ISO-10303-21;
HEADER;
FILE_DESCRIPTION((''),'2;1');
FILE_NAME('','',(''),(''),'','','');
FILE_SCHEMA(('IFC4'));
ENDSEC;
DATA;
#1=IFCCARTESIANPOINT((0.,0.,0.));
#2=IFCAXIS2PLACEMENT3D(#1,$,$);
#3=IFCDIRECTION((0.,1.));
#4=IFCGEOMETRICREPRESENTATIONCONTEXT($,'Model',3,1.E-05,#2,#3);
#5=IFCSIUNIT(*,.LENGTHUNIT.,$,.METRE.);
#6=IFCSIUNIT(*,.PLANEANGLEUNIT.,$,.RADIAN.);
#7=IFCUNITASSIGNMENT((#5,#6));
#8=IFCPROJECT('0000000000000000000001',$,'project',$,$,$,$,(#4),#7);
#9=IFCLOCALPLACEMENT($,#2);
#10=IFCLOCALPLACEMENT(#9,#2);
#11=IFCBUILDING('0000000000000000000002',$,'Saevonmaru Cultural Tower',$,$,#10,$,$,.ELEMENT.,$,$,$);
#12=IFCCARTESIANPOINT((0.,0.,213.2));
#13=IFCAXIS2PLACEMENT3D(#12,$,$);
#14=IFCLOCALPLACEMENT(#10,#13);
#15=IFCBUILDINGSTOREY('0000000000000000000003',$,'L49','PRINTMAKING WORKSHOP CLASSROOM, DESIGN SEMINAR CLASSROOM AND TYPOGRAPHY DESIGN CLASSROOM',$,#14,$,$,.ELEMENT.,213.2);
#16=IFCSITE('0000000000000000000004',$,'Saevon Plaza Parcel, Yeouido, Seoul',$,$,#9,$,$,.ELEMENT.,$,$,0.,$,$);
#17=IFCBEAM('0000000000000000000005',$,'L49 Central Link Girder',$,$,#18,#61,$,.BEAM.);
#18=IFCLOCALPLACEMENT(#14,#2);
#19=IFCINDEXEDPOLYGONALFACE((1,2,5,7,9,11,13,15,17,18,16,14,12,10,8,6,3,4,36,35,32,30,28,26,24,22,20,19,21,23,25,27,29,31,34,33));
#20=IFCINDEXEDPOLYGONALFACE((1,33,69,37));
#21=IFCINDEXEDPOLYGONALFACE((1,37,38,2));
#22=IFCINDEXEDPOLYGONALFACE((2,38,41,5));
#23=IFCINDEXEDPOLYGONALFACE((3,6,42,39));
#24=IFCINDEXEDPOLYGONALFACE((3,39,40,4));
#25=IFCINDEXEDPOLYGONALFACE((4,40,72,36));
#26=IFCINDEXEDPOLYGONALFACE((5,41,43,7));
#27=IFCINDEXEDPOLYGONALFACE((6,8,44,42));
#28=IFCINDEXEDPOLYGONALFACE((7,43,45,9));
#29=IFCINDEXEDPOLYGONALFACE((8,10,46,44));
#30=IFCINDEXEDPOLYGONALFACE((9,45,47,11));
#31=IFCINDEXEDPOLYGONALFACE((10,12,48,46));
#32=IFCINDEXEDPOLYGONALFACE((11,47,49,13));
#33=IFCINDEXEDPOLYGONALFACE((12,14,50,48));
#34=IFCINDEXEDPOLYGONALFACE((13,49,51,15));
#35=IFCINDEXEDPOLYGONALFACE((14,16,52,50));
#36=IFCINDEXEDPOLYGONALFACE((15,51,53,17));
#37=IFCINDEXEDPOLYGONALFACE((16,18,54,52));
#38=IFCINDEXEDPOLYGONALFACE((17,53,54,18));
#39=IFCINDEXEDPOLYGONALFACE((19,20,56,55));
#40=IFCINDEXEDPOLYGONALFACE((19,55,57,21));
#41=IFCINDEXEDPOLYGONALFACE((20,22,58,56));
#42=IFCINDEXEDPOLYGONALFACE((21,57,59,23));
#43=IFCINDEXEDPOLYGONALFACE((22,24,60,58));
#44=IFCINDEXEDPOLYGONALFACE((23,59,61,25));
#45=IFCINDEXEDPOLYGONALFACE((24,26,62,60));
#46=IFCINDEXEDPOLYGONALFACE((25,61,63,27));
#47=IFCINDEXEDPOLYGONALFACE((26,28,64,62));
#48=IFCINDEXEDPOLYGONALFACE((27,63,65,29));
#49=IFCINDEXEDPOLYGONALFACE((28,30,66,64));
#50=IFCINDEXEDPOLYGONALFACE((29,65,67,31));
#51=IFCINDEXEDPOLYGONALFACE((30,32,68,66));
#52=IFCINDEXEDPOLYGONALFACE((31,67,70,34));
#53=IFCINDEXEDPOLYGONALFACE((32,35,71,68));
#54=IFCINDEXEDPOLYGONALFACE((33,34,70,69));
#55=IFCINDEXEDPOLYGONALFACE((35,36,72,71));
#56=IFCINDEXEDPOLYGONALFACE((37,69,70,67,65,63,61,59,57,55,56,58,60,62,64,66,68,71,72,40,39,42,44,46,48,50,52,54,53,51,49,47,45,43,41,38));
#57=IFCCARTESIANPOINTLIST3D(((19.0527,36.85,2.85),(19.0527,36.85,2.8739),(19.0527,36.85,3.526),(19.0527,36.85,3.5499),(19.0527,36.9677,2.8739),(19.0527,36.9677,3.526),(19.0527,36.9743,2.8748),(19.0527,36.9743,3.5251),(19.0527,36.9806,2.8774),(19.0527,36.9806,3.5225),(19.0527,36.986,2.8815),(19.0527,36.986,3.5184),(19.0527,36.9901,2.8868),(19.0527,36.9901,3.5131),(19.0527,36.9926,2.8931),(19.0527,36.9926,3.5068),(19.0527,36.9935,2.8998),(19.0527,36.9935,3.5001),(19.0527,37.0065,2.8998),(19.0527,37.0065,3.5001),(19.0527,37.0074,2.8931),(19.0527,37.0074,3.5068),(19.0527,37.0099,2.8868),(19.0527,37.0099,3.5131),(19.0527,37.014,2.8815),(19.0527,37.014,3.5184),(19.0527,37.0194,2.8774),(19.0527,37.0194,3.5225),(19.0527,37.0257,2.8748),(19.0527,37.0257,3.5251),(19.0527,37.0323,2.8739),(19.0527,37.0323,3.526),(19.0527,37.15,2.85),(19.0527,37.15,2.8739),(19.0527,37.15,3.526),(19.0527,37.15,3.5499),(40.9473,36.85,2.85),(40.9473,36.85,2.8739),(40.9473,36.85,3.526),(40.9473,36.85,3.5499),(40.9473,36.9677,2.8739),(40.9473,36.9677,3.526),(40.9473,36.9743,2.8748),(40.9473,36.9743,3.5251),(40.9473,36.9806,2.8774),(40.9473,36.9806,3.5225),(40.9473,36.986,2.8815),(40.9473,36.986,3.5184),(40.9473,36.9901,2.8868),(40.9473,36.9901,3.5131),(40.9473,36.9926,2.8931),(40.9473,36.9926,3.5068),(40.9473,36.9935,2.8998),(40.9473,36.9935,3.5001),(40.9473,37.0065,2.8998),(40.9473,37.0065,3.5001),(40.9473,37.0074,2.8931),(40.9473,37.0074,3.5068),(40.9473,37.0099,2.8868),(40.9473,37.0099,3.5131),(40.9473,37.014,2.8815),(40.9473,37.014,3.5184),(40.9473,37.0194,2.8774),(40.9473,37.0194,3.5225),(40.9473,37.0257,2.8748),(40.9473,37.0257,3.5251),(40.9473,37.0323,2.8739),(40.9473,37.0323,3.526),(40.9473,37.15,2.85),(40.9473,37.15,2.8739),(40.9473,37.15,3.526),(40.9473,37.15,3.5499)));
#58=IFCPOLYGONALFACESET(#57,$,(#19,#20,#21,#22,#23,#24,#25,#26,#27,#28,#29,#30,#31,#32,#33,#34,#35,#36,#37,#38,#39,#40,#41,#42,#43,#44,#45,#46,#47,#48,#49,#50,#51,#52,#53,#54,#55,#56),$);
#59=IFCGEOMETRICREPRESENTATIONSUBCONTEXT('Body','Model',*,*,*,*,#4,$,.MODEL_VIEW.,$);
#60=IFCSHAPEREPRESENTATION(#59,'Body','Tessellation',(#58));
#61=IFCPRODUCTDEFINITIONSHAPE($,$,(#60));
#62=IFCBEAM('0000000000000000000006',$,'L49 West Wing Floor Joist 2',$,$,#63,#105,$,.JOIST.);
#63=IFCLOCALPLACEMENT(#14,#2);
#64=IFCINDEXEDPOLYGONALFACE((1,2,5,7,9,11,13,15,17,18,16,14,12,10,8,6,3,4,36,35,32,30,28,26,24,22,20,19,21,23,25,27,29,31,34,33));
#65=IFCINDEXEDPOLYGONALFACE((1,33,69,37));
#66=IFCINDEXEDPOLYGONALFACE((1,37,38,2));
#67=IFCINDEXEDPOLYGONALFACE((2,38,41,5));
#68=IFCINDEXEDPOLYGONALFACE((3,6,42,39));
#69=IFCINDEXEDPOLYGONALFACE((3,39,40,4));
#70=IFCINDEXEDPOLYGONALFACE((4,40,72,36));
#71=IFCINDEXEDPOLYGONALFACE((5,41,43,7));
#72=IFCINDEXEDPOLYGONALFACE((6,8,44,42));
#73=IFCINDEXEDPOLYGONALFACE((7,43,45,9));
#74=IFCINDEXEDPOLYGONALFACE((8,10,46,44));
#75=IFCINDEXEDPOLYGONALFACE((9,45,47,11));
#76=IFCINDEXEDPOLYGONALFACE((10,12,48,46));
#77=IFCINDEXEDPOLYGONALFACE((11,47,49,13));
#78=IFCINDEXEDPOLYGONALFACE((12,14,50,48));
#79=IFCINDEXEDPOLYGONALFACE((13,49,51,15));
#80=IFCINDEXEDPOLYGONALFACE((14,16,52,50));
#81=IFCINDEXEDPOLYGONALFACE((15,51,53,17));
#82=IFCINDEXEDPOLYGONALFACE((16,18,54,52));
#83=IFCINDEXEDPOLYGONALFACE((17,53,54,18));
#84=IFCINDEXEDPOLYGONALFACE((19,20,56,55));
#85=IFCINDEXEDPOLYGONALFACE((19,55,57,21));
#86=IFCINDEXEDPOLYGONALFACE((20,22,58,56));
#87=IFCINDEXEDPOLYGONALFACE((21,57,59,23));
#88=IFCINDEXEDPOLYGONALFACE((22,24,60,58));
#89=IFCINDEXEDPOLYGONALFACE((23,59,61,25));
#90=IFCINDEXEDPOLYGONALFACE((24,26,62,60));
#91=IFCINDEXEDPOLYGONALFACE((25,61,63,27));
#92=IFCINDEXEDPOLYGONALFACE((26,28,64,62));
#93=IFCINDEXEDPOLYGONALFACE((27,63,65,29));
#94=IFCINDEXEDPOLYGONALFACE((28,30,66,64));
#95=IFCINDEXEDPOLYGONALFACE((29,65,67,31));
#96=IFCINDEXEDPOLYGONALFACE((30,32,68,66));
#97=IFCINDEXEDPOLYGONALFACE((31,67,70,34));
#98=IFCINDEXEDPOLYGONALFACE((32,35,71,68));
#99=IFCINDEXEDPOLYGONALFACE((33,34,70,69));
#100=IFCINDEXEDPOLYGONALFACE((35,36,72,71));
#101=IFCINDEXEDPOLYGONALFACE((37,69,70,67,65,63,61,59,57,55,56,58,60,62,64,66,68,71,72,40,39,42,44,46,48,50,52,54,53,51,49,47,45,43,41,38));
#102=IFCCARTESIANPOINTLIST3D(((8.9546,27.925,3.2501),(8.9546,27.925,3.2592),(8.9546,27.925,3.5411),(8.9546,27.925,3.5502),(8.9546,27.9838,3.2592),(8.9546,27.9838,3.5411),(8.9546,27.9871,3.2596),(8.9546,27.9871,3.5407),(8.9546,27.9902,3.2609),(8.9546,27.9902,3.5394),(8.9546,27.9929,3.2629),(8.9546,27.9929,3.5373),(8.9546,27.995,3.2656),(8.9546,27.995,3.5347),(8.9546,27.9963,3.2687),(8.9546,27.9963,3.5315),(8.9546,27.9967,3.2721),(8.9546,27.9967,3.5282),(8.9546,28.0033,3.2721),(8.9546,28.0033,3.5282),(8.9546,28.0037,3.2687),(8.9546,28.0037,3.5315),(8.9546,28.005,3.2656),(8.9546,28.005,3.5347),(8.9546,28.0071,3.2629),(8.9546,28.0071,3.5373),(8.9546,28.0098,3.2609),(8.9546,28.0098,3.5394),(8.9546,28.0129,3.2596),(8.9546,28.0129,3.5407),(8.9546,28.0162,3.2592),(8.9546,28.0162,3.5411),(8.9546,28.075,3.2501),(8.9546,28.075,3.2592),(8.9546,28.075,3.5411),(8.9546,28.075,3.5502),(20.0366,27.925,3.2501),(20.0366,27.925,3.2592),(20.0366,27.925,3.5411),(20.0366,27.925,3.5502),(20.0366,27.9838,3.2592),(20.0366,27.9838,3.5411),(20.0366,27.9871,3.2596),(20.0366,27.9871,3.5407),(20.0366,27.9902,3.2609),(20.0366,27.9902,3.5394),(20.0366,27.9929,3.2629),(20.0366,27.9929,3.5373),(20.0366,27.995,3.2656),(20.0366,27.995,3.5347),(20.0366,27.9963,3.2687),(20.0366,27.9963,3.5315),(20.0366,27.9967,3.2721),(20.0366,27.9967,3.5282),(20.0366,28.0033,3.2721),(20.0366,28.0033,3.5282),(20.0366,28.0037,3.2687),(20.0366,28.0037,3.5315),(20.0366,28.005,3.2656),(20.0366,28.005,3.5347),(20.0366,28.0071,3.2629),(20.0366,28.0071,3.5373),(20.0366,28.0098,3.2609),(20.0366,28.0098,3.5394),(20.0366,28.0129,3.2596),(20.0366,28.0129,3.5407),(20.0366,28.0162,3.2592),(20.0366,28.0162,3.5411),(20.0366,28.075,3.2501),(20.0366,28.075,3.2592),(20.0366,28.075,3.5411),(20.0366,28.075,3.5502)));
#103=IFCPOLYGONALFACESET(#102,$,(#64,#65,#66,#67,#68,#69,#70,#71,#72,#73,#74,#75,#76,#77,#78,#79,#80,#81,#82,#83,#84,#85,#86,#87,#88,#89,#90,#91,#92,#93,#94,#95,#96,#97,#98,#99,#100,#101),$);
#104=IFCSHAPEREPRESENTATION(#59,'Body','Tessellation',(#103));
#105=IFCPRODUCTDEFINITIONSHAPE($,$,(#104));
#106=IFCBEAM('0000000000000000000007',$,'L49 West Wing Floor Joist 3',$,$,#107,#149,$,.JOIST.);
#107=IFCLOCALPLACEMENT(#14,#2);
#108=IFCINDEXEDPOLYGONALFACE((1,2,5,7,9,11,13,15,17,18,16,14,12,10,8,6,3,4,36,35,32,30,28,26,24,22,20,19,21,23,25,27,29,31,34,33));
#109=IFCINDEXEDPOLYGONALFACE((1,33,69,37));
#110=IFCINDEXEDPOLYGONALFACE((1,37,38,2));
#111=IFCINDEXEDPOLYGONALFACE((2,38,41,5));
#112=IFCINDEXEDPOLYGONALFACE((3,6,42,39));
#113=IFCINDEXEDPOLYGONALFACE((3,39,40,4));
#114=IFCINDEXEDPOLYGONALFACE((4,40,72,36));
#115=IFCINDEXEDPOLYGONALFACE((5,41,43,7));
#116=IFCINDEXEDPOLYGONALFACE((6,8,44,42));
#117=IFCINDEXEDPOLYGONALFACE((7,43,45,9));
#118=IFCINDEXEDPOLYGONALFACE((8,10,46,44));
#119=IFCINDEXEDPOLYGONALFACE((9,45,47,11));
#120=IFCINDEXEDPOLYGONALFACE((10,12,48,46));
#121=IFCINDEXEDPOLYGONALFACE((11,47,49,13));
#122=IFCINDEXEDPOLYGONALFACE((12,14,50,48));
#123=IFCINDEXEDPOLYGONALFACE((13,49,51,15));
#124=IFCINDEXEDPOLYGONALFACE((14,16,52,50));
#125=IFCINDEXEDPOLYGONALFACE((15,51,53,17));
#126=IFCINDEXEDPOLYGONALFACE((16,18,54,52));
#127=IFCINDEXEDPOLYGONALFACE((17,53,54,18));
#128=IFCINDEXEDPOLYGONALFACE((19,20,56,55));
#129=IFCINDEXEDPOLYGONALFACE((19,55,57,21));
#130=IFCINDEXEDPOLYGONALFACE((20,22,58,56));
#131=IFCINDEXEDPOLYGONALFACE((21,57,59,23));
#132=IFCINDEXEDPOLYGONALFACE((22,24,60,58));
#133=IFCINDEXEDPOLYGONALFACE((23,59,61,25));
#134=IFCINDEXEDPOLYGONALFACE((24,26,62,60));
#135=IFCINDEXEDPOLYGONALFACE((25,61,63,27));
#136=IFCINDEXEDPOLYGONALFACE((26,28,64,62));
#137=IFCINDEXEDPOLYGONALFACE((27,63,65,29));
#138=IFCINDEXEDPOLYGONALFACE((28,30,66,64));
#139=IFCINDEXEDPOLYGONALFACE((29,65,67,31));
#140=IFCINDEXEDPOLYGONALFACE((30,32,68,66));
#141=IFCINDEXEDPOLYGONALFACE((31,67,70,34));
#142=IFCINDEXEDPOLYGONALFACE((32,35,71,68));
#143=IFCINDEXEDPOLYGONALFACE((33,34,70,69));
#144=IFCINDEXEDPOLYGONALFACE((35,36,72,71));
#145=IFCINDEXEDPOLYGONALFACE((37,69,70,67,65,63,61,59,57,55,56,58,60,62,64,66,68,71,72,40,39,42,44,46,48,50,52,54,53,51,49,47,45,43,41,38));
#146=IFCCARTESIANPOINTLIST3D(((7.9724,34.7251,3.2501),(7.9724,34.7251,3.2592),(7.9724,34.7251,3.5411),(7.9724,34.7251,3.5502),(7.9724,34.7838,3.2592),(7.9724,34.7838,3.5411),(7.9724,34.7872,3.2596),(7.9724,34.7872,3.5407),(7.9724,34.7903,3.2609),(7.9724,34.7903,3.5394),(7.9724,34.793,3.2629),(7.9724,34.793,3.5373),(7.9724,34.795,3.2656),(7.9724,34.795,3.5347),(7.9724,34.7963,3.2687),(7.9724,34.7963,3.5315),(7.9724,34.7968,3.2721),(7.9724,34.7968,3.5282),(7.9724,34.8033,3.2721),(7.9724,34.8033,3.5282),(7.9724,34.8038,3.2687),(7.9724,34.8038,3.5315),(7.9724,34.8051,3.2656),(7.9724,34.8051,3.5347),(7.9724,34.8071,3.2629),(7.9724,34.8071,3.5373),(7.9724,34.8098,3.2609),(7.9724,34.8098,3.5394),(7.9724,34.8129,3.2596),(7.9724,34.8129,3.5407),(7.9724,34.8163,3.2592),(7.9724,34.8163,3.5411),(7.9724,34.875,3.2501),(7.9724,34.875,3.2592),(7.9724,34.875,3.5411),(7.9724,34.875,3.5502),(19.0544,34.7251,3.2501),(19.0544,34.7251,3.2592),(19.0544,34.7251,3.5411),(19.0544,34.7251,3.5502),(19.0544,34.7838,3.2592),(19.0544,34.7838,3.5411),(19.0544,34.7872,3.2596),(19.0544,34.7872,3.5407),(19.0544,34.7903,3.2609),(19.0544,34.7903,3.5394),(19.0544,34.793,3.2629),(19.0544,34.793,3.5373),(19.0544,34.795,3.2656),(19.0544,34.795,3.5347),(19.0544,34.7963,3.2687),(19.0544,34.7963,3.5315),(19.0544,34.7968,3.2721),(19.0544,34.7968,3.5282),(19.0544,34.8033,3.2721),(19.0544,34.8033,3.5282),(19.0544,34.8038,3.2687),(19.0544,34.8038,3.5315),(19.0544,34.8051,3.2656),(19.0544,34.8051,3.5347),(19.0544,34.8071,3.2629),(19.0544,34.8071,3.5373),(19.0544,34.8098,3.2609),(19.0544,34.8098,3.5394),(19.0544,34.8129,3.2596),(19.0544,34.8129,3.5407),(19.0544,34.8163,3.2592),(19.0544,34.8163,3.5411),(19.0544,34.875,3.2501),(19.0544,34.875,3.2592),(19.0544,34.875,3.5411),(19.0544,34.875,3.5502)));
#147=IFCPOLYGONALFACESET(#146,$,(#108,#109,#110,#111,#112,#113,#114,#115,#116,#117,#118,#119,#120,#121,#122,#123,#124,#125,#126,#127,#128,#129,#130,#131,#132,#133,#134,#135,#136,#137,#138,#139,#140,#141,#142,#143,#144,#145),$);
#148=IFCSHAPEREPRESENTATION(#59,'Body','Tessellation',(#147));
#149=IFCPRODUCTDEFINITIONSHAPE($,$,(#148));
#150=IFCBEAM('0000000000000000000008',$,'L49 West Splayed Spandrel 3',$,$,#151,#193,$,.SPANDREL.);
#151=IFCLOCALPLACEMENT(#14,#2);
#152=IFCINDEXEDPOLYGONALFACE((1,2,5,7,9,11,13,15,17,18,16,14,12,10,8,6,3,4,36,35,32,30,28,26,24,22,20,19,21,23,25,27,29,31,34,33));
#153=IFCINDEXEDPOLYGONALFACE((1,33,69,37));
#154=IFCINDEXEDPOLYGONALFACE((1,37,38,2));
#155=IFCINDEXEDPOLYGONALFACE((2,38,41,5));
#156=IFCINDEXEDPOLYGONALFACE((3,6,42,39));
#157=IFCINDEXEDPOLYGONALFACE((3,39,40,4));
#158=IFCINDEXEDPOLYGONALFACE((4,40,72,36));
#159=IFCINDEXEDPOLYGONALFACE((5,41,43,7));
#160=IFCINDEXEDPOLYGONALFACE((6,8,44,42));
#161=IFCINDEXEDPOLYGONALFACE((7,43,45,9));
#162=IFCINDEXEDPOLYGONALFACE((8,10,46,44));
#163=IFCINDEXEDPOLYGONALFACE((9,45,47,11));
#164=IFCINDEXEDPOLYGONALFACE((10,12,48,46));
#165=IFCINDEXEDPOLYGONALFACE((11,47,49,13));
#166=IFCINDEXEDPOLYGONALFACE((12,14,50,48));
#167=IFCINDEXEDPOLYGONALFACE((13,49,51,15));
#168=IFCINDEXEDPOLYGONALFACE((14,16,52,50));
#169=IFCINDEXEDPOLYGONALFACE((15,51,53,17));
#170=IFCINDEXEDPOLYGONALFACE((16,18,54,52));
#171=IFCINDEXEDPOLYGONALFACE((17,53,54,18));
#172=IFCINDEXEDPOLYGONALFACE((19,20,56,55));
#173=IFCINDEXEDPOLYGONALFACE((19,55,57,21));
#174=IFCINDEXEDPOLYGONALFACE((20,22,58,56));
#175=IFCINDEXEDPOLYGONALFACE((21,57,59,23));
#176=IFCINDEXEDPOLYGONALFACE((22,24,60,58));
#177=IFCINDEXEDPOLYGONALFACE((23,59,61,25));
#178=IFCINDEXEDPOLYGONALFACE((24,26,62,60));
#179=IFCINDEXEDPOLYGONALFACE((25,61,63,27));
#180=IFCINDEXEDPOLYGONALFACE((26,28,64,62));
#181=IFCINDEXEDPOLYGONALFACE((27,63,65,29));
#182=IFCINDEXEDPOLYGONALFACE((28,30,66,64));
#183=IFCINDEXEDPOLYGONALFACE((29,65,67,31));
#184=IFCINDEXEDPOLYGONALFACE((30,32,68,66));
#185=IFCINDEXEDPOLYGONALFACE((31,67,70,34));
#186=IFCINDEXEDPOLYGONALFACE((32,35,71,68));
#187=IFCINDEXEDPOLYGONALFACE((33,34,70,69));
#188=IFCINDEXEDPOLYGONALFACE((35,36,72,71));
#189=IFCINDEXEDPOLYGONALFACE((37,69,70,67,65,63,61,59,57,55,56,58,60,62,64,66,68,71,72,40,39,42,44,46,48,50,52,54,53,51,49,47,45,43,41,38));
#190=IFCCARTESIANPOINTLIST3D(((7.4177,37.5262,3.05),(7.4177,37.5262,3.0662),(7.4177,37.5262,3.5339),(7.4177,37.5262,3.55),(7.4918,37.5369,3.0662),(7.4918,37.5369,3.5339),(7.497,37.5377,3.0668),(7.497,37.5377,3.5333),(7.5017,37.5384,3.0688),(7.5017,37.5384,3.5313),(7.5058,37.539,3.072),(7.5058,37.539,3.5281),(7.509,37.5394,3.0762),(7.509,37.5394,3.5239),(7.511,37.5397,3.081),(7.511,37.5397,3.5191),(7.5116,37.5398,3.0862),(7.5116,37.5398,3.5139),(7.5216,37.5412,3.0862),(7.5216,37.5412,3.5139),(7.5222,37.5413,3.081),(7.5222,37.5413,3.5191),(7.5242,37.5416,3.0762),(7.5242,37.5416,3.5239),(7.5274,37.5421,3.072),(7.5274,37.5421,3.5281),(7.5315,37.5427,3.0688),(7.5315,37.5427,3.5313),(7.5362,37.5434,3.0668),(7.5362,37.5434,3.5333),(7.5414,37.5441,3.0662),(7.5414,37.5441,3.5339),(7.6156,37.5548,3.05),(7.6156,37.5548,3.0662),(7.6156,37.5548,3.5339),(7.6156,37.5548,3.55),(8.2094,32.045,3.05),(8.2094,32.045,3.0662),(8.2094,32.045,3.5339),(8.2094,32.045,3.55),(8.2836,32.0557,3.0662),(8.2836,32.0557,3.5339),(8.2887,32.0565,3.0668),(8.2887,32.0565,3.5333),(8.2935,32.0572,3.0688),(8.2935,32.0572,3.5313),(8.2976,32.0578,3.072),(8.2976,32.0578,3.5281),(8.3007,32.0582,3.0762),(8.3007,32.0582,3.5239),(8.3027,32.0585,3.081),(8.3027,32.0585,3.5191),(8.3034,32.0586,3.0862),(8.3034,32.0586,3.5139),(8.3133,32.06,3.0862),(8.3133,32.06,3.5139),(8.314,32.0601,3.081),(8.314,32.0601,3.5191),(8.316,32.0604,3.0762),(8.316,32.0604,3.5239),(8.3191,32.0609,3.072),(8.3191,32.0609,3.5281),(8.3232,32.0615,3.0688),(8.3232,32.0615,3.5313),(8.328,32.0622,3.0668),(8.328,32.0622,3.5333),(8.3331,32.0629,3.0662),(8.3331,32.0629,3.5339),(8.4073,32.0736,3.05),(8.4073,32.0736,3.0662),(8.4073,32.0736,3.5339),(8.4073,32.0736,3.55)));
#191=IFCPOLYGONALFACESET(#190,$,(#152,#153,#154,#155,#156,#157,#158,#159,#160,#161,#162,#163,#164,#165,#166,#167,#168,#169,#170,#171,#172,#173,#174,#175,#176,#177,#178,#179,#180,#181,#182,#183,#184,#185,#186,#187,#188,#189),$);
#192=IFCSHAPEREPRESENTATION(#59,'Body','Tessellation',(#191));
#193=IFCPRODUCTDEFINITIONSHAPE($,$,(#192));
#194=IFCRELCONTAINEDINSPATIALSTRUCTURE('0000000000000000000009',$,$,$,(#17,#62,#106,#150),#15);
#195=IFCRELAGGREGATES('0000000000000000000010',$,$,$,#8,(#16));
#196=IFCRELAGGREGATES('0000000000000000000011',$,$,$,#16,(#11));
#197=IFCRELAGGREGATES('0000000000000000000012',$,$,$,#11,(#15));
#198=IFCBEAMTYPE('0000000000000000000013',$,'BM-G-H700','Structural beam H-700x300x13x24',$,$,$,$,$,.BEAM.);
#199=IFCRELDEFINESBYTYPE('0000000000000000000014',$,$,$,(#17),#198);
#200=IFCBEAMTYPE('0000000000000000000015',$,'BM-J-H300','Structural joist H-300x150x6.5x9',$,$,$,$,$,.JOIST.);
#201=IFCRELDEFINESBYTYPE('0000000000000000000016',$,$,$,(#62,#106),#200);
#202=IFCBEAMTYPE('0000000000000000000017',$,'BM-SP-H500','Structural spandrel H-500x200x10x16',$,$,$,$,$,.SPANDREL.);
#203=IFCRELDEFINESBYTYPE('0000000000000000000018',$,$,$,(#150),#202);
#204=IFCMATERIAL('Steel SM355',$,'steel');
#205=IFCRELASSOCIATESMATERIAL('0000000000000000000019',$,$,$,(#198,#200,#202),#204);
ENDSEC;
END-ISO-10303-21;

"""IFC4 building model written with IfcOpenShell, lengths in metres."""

from ifc_helpers import new_model, si_unit, direction, frame, origin, origin_2d, place, context, subcontext, project, spatial, i_section, extrude, material, material_profile, profile_set, type_object, element, save


model = new_model("IFC4")

# Units and contexts
model_context = context("Model", 3, precision=1e-05, world=origin(), true_north=direction((0.0, 1.0)))
body_context = subcontext(model_context, "Body", "Model", "MODEL_VIEW")
ifc_project = project(units=[si_unit("LENGTHUNIT", "METRE"), si_unit("PLANEANGLEUNIT", "RADIAN")], contexts=[model_context])

# Site, building, storey
site_placement = place(None, origin())
site = spatial("IfcSite", under=ifc_project, at=site_placement, Name="Saevon Plaza Parcel, Yeouido, Seoul", CompositionType="ELEMENT", RefElevation=0.0)
building_placement = place(site_placement, origin())
building = spatial("IfcBuilding", under=site, at=building_placement, Name="Saevonmaru Cultural Tower", CompositionType="ELEMENT")
storey_placement = place(building_placement, frame((0.0, 0.0, 213.2)))
storey = spatial("IfcBuildingStorey", under=building, at=storey_placement, Name="L49", Description="PRINTMAKING WORKSHOP CLASSROOM, DESIGN SEMINAR CLASSROOM AND TYPOGRAPHY DESIGN CLASSROOM", CompositionType="ELEMENT", Elevation=213.2)

# Shared definitions
ifc_material_1 = material(Name="Steel SM355", Category="steel")

# Beams
ifc_material_profile_1 = material_profile(ifc_material_1, i_section(OverallWidth=0.3, OverallDepth=0.7, WebThickness=0.0129, FlangeThickness=0.0239, FilletRadius=0.0259, at=origin_2d()), Name="H-700x300x13x24")
ifc_profile_set_1 = profile_set([ifc_material_profile_1], Name="Steel SM355")
beam_type_1 = type_object("IfcBeamType", Name="BM-G-H700", Description="Structural beam H-700x300x13x24", PredefinedType="BEAM", material=ifc_profile_set_1)
beam_1_placement = place(storey_placement, frame((19.0527, 37.0, 3.2), z_axis=(1.0, 0.0, 0.0), x_axis=(0.0, 1.0, 0.0)))
element("IfcBeam", 1, at=beam_1_placement, inside=storey, type_object=beam_type_1, Name="L49 Central Link Girder", PredefinedType="BEAM", context=body_context, shape_type="SweptSolid", body=[
    extrude(i_section(OverallWidth=0.3, OverallDepth=0.7, WebThickness=0.0129, FlangeThickness=0.0239, FilletRadius=0.0259, at=origin_2d()), origin(), (0.0, 0.0, 1.0), 21.8945),
])
ifc_material_profile_2 = material_profile(ifc_material_1, i_section(OverallWidth=0.1499, OverallDepth=0.3, WebThickness=0.0066, FlangeThickness=0.009, FilletRadius=0.0129, at=origin_2d()), Name="H-300x150x6.5x9")
ifc_profile_set_2 = profile_set([ifc_material_profile_2], Name="Steel SM355")
beam_type_2 = type_object("IfcBeamType", Name="BM-J-H300", Description="Structural joist H-300x150x6.5x9", PredefinedType="JOIST", material=ifc_profile_set_2)
for number, where, z_axis, x_axis, name in (
    (2, (8.9546, 28.0, 3.4001), (1.0, 0.0, 0.0), (0.0, 1.0, 0.0), "L49 West Wing Floor Joist 2"),
    (3, (7.9724, 34.8, 3.4001), (1.0, 0.0, 0.0), (0.0, 1.0, 0.0), "L49 West Wing Floor Joist 3"),
):
    element("IfcBeam", number, at=place(storey_placement, frame(where, z_axis=z_axis, x_axis=x_axis)), inside=storey, type_object=beam_type_2, Name=name, PredefinedType="JOIST", context=body_context, shape_type="SweptSolid", body=[
        extrude(i_section(OverallWidth=0.1499, OverallDepth=0.3, WebThickness=0.0066, FlangeThickness=0.009, FilletRadius=0.0129, at=origin_2d()), origin(), (0.0, 0.0, 1.0), 11.082),
    ])
ifc_material_profile_3 = material_profile(ifc_material_1, i_section(OverallWidth=0.2, OverallDepth=0.5, WebThickness=0.01, FlangeThickness=0.0161, FilletRadius=0.02, at=origin_2d()), Name="H-500x200x10x16")
ifc_profile_set_3 = profile_set([ifc_material_profile_3], Name="Steel SM355")
beam_type_3 = type_object("IfcBeamType", Name="BM-SP-H500", Description="Structural spandrel H-500x200x10x16", PredefinedType="SPANDREL", material=ifc_profile_set_3)
beam_2_placement = place(storey_placement, frame((8.3083, 32.0593, 3.3), z_axis=(-0.142964, 0.989728, 0.0), x_axis=(-0.989728, -0.142964, 0.0)))
element("IfcBeam", 4, at=beam_2_placement, inside=storey, type_object=beam_type_3, Name="L49 West Splayed Spandrel 3", PredefinedType="SPANDREL", context=body_context, shape_type="SweptSolid", body=[
    extrude(i_section(OverallWidth=0.2, OverallDepth=0.5, WebThickness=0.01, FlangeThickness=0.0161, FilletRadius=0.02, at=origin_2d()), origin(), (0.0, 0.0, 1.0), 5.5381),
])

save(model, "model.ifc")
